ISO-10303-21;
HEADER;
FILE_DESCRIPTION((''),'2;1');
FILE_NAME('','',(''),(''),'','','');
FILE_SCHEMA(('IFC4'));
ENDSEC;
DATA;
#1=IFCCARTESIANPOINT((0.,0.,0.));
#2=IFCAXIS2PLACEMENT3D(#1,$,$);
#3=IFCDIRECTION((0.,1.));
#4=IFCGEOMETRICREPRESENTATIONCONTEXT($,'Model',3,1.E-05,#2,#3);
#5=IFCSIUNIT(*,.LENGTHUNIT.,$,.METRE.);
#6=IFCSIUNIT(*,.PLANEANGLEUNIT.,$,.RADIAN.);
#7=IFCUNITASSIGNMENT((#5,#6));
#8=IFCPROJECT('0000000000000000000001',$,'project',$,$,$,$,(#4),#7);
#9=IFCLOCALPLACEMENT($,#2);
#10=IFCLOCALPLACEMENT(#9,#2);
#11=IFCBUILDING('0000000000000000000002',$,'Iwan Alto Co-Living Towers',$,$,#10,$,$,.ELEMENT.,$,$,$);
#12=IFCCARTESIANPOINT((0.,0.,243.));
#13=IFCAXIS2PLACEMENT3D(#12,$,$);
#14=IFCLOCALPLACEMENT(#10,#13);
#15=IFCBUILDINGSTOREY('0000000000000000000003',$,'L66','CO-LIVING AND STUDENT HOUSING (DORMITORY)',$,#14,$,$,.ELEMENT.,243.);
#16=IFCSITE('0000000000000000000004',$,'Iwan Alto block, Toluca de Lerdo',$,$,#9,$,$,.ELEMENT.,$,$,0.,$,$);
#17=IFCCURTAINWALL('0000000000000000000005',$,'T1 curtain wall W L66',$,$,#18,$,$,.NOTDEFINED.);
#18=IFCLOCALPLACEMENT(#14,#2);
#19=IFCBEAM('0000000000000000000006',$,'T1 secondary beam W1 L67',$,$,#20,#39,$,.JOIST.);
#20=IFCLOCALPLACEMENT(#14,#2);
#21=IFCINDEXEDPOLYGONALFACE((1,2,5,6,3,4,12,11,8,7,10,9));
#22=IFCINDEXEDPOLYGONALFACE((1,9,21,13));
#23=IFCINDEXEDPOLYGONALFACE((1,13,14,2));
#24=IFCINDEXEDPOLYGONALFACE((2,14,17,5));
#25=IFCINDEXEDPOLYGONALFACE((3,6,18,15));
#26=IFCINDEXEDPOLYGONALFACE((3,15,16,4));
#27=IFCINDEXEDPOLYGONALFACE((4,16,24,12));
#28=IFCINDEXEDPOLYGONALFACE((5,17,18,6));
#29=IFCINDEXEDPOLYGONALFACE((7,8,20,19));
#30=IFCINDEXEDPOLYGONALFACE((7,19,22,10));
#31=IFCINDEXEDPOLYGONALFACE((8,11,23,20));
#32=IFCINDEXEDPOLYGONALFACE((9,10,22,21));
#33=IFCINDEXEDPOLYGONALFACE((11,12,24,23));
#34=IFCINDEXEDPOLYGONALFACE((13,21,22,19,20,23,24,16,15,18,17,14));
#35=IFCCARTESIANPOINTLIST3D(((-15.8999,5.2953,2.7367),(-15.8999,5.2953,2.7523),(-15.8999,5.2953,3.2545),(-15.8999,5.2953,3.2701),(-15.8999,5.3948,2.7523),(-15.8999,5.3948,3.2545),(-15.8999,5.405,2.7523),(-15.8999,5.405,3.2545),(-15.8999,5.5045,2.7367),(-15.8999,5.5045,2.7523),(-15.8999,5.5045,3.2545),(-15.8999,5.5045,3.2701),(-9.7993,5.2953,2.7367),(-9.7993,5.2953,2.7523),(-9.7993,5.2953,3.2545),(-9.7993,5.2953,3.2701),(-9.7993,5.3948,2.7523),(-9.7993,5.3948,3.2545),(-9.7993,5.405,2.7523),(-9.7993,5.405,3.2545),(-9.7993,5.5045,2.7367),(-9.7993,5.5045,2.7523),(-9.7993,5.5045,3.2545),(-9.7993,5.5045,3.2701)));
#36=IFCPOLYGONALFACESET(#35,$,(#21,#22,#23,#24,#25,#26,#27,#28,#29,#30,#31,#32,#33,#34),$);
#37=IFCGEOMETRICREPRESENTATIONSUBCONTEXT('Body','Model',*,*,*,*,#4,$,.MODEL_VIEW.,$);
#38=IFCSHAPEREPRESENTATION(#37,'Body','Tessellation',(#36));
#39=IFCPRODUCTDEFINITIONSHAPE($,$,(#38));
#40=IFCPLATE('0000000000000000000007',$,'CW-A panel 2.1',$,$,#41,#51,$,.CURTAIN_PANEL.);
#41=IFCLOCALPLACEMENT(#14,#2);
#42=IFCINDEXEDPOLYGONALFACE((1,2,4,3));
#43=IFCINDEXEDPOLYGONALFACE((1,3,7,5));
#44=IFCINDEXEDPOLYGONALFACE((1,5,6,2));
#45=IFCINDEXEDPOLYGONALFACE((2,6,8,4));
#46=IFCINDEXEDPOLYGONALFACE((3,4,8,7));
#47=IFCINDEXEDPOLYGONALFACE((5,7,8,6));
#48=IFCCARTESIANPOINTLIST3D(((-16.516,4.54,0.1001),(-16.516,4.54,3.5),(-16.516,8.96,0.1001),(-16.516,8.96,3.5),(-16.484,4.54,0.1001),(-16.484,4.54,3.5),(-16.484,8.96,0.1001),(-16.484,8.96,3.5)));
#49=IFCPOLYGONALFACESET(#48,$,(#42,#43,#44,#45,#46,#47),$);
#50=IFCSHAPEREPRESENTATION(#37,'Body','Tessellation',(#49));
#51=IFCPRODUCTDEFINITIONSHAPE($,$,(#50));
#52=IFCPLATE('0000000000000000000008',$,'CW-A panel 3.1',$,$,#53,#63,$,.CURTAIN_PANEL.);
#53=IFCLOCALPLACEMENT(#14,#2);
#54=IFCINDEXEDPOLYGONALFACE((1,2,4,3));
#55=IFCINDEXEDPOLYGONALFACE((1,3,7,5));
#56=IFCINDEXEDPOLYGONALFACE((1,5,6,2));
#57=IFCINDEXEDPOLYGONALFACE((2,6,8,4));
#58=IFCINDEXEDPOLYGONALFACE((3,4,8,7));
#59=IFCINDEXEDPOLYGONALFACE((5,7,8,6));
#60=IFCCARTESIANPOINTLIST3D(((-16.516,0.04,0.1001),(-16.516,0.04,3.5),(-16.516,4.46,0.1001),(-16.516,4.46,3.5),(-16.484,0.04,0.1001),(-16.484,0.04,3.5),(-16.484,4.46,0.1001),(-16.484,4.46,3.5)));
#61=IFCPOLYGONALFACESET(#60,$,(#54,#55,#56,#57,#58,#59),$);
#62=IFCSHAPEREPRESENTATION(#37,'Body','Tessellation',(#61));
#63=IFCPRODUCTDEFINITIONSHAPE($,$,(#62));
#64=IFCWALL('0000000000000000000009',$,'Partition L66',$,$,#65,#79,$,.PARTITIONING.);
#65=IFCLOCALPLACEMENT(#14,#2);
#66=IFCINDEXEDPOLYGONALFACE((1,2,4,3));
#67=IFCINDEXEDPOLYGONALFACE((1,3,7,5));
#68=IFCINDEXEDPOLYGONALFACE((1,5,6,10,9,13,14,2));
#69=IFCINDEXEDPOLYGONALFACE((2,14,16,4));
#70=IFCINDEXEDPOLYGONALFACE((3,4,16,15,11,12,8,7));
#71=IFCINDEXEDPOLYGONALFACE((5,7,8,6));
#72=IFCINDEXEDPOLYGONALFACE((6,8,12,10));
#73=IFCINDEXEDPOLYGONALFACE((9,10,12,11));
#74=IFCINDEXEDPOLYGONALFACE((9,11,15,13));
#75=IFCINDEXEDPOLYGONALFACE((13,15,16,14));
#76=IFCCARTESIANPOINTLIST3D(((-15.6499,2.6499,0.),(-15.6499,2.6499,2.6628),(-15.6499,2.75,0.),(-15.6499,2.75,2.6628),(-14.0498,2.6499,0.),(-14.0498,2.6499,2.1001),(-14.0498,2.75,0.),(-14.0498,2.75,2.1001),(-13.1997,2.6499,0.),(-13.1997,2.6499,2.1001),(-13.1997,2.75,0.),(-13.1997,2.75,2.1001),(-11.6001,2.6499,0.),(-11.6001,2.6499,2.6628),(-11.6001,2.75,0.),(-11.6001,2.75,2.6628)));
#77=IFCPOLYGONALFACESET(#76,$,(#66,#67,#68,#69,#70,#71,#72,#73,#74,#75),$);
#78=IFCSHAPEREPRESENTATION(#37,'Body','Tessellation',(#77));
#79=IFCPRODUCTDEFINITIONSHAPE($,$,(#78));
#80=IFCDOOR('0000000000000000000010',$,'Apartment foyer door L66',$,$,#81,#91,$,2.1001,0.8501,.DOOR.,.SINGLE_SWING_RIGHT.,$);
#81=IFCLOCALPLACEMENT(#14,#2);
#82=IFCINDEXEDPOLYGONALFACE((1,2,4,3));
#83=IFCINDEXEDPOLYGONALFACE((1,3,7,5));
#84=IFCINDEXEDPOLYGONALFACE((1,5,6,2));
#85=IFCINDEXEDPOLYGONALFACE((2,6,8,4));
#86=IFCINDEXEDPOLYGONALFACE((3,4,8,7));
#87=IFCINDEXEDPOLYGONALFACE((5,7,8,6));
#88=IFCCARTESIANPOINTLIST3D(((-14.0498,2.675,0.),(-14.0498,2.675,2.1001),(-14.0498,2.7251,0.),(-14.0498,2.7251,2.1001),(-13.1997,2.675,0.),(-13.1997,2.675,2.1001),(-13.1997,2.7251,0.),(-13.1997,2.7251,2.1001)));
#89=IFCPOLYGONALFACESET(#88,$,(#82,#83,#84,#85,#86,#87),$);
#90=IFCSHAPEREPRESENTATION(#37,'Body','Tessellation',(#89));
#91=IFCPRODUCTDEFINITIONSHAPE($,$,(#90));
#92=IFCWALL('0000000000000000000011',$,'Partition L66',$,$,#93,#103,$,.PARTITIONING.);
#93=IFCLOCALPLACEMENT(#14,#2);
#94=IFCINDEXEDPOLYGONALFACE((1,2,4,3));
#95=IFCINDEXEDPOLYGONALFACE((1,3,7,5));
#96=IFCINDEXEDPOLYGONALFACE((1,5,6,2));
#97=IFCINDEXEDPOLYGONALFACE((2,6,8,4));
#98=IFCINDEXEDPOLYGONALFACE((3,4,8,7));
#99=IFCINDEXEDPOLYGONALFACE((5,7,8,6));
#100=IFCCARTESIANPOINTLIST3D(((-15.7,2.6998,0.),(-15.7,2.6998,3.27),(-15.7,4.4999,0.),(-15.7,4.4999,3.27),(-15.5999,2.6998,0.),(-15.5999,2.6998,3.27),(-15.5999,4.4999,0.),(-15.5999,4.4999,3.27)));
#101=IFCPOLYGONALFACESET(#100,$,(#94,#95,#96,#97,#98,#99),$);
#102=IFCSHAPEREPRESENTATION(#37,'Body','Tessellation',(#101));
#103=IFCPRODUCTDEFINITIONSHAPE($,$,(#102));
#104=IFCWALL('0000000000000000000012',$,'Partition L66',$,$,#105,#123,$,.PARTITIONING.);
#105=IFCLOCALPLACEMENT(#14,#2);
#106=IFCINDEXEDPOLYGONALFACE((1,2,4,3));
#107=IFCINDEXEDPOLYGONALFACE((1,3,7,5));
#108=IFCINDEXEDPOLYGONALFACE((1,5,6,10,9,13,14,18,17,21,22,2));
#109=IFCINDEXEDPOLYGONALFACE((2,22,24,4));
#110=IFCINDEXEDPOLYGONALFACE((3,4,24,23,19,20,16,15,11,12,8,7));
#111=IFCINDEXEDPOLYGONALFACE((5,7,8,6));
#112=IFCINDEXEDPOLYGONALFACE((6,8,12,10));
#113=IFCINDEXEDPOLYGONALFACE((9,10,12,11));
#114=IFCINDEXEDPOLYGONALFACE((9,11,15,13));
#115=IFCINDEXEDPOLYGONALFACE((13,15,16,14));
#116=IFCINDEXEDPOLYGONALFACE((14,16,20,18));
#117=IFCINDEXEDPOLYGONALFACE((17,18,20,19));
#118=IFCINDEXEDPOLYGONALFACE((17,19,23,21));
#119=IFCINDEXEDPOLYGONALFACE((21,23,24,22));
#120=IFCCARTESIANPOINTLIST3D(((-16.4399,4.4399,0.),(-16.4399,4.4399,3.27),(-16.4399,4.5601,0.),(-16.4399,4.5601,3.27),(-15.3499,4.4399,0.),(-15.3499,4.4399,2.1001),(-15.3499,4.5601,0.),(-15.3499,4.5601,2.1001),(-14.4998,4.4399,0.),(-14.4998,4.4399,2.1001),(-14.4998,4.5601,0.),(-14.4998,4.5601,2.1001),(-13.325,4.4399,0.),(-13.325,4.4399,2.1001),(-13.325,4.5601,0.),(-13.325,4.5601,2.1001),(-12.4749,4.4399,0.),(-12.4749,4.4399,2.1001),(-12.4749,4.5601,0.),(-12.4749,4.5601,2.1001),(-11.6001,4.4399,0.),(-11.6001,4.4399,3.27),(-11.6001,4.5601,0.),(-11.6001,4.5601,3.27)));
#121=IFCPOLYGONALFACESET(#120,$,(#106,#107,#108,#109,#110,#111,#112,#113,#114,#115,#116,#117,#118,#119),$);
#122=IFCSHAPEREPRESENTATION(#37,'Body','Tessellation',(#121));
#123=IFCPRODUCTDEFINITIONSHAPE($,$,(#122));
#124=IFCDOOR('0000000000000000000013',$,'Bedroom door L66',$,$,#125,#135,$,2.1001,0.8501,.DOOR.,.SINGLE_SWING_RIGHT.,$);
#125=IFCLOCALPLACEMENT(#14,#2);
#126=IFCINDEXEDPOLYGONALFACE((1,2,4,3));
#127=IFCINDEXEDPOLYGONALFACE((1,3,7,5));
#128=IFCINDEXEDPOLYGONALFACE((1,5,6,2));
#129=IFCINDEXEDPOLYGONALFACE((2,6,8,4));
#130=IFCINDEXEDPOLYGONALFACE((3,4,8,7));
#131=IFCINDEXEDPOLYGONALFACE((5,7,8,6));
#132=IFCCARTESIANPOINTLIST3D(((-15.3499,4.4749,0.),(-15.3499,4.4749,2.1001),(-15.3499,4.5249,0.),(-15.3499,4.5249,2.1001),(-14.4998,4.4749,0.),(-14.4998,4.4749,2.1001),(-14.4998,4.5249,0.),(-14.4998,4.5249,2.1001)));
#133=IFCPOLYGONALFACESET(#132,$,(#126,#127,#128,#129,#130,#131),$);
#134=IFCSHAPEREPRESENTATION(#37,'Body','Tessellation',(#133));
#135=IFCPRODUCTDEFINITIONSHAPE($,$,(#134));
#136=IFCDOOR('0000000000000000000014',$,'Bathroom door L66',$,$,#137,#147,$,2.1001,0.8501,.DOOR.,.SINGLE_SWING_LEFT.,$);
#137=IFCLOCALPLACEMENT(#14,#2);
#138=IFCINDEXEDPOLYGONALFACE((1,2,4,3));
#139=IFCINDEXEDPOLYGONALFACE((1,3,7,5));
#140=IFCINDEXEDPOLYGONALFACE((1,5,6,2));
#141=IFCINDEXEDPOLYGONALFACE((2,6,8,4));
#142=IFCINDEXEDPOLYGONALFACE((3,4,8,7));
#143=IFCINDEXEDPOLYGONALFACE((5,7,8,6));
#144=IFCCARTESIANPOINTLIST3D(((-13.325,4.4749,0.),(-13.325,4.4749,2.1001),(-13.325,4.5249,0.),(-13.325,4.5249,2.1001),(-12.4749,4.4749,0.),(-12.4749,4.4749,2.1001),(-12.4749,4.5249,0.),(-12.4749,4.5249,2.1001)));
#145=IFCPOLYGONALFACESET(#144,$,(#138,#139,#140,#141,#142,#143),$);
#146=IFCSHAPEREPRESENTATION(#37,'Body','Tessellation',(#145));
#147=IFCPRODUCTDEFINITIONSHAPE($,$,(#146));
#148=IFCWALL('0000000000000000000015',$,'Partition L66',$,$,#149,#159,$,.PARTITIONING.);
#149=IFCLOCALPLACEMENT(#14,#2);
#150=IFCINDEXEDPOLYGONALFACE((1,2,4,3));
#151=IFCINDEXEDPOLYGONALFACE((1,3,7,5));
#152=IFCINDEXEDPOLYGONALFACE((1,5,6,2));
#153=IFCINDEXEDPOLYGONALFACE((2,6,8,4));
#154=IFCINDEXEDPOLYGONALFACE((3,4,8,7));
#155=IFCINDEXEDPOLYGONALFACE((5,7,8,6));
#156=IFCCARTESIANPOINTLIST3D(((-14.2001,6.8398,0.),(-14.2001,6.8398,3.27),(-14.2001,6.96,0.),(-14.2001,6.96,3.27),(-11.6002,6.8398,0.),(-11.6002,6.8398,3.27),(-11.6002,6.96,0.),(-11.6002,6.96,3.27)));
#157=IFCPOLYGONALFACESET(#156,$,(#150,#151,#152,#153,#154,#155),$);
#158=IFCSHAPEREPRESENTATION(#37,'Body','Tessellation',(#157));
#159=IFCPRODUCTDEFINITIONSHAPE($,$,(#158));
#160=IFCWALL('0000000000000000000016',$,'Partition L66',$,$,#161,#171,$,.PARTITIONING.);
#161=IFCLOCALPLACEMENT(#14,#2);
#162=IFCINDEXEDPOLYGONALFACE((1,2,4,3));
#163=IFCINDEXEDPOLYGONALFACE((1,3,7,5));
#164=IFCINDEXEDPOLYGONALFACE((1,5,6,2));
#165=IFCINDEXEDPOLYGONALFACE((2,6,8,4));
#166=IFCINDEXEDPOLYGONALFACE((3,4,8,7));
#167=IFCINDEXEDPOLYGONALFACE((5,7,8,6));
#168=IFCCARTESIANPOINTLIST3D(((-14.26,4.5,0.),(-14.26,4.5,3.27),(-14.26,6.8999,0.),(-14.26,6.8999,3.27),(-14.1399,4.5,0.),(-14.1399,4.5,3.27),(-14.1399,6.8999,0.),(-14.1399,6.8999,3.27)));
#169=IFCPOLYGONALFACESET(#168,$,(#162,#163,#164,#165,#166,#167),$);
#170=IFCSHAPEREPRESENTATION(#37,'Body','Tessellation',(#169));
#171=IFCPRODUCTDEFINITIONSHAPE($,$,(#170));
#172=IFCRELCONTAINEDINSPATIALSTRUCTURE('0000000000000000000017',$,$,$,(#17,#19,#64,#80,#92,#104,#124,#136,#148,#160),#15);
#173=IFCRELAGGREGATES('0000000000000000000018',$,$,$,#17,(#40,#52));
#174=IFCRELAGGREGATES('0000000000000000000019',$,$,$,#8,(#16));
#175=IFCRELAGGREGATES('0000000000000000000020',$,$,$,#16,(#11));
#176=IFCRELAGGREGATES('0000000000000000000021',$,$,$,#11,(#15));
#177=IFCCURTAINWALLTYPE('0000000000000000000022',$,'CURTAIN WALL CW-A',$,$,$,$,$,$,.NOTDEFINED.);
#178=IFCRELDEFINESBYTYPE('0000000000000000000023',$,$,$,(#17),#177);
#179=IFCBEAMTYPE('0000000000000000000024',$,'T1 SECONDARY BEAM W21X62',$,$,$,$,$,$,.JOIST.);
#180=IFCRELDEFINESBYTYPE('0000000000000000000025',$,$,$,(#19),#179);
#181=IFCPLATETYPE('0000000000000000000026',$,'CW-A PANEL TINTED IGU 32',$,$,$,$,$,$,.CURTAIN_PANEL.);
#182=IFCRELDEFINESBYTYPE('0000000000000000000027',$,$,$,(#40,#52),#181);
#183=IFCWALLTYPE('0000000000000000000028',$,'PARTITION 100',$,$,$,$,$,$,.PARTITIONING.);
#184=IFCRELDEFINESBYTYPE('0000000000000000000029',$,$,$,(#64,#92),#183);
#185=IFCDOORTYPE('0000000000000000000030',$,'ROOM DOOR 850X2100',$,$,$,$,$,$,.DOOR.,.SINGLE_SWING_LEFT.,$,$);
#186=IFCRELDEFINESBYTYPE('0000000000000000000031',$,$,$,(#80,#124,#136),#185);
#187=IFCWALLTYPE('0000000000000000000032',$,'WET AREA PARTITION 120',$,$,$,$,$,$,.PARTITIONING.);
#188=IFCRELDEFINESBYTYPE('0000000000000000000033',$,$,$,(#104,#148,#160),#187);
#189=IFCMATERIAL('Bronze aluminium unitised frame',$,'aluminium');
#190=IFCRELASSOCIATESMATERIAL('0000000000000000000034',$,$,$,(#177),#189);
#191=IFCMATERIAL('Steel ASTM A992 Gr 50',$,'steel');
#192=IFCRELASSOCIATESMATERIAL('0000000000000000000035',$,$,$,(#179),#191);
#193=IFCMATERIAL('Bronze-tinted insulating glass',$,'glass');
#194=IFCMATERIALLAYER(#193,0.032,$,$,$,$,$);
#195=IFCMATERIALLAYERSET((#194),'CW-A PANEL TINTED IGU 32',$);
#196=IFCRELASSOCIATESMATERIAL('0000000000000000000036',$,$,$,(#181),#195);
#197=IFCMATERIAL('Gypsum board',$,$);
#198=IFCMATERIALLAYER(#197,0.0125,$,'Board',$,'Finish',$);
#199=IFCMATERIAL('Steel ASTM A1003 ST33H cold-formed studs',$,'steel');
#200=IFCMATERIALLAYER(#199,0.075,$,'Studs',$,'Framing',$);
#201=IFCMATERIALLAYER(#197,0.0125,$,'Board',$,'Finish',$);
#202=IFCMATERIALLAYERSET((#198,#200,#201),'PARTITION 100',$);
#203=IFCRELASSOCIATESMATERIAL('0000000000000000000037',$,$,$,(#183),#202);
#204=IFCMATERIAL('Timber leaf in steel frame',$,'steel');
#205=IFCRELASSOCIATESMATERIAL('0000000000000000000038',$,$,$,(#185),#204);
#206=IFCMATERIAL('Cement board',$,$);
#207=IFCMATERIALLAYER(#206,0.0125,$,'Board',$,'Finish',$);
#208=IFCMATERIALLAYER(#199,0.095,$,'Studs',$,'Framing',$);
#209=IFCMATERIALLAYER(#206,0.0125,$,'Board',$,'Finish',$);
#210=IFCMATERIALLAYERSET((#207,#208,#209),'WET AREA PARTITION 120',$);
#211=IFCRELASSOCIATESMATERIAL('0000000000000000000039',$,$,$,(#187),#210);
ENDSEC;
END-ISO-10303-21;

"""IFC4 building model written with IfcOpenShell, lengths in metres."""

from ifc_helpers import new_model, si_unit, direction, frame, frame_2d, origin, origin_2d, place, context, subcontext, project, spatial, rectangle, i_section, extrude, material, layer, layer_set, material_profile, profile_set, type_object, element, fill, aggregate, save


model = new_model("IFC4")

# Units and contexts
model_context = context("Model", 3, precision=1e-05, world=origin(), true_north=direction((0.0, 1.0)))
body_context = subcontext(model_context, "Body", "Model", "MODEL_VIEW")
ifc_project = project(units=[si_unit("LENGTHUNIT", "METRE"), si_unit("PLANEANGLEUNIT", "RADIAN")], contexts=[model_context])

# Site, building, storey
site_placement = place(None, origin())
site = spatial("IfcSite", under=ifc_project, at=site_placement, Name="Iwan Alto block, Toluca de Lerdo", CompositionType="ELEMENT", RefElevation=0.0)
building_placement = place(site_placement, origin())
building = spatial("IfcBuilding", under=site, at=building_placement, Name="Iwan Alto Co-Living Towers", CompositionType="ELEMENT")
storey_placement = place(building_placement, frame((0.0, 0.0, 243.0)))
storey = spatial("IfcBuildingStorey", under=building, at=storey_placement, Name="L66", Description="CO-LIVING AND STUDENT HOUSING (DORMITORY)", CompositionType="ELEMENT", Elevation=243.0)

# Curtain wall
ifc_material_1 = material(Name="Bronze aluminium unitised frame", Category="aluminium")
curtain_wall_type = type_object("IfcCurtainWallType", Name="CURTAIN WALL CW-A", PredefinedType="NOTDEFINED", material=ifc_material_1)
curtain_wall_placement = place(storey_placement, origin())
curtain_wall = element("IfcCurtainWall", 1, at=curtain_wall_placement, inside=storey, type_object=curtain_wall_type, Name="T1 curtain wall W L66", PredefinedType="NOTDEFINED")

# Beam
ifc_material_2 = material(Name="Steel ASTM A992 Gr 50", Category="steel")
ifc_material_profile_1 = material_profile(ifc_material_2, i_section(OverallWidth=0.2092, OverallDepth=0.5334, WebThickness=0.0103, FlangeThickness=0.0156, at=origin_2d()), Name="W21X62")
ifc_profile_set_1 = profile_set([ifc_material_profile_1], Name="Steel ASTM A992 Gr 50")
beam_type_1 = type_object("IfcBeamType", Name="T1 SECONDARY BEAM W21X62", PredefinedType="JOIST", material=ifc_profile_set_1)
beam_1_placement = place(storey_placement, frame((-15.8999, 5.3999, 3.0034), z_axis=(1.0, 0.0, 0.0), x_axis=(0.0, 1.0, 0.0)))
element("IfcBeam", 2, at=beam_1_placement, inside=storey, type_object=beam_type_1, Name="T1 secondary beam W1 L67", PredefinedType="JOIST", context=body_context, shape_type="SweptSolid", body=[
    extrude(i_section(OverallWidth=0.2092, OverallDepth=0.5334, WebThickness=0.0103, FlangeThickness=0.0156, at=origin_2d()), origin(), (0.0, 0.0, 1.0), 6.1006),
])

# Plates
ifc_material_3 = material(Name="Bronze-tinted insulating glass", Category="glass")
ifc_layer_1 = layer(ifc_material_3, 0.032)
ifc_layer_set_1 = layer_set([ifc_layer_1], Name="CW-A PANEL TINTED IGU 32")
plate_type = type_object("IfcPlateType", Name="CW-A PANEL TINTED IGU 32", PredefinedType="CURTAIN_PANEL", material=ifc_layer_set_1)
plate_1_placement = place(storey_placement, frame((-16.5, 6.75, 0.1001), z_axis=(0.0, 0.0, 1.0), x_axis=(0.0, -1.0, 0.0)))
plate_1 = element("IfcPlate", 3, at=plate_1_placement, type_object=plate_type, Name="CW-A panel 2.1", PredefinedType="CURTAIN_PANEL", context=body_context, shape_type="SweptSolid", body=[
    extrude(rectangle(XDim=4.4199, YDim=0.032, at=origin_2d()), origin(), (0.0, 0.0, 1.0), 3.3999),
])
plate_2_placement = place(storey_placement, frame((-16.5, 2.25, 0.1001), z_axis=(0.0, 0.0, 1.0), x_axis=(0.0, -1.0, 0.0)))
plate_2 = element("IfcPlate", 4, at=plate_2_placement, type_object=plate_type, Name="CW-A panel 3.1", PredefinedType="CURTAIN_PANEL", context=body_context, shape_type="SweptSolid", body=[
    extrude(rectangle(XDim=4.4199, YDim=0.032, at=origin_2d()), origin(), (0.0, 0.0, 1.0), 3.3999),
])
aggregate(curtain_wall, [plate_1, plate_2])

# Wall, opening, door
ifc_material_4 = material(Name="Gypsum board")
ifc_layer_2 = layer(ifc_material_4, 0.0125, Name="Board", Category="Finish")
ifc_material_5 = material(Name="Steel ASTM A1003 ST33H cold-formed studs", Category="steel")
ifc_layer_3 = layer(ifc_material_5, 0.075, Name="Studs", Category="Framing")
ifc_layer_4 = layer(ifc_material_4, 0.0125, Name="Board", Category="Finish")
ifc_layer_set_2 = layer_set([ifc_layer_2, ifc_layer_3, ifc_layer_4], Name="PARTITION 100")
wall_type_1 = type_object("IfcWallType", Name="PARTITION 100", PredefinedType="PARTITIONING", material=ifc_layer_set_2)
wall_1_placement = place(storey_placement, frame((-15.6499, 2.7, 0.0), z_axis=(0.0, 0.0, 1.0), x_axis=(1.0, 0.0, 0.0)))
wall_1 = element("IfcWall", 5, at=wall_1_placement, inside=storey, type_object=wall_type_1, Name="Partition L66", PredefinedType="PARTITIONING", context=body_context, shape_type="SweptSolid", body=[
    extrude(rectangle(XDim=4.0498, YDim=0.1001, at=frame_2d((2.0249, 0.0))), origin(), (0.0, 0.0, 1.0), 2.6628),
])
opening_1_placement = place(wall_1_placement, frame((1.6001, 0.0, 0.0)))
opening_1 = element("IfcOpeningElement", 6, at=opening_1_placement, cuts=wall_1, PredefinedType="OPENING", context=body_context, shape_type="SweptSolid", body=[
    extrude(rectangle(XDim=0.8501, YDim=2.1001, at=frame_2d((0.425, 1.05))), frame((0.0, 0.0601, 0.0), z_axis=(0.0, -1.0, 0.0), x_axis=(1.0, 0.0, 0.0)), (0.0, 0.0, 1.0), 0.1201),
])
ifc_material_6 = material(Name="Timber leaf in steel frame", Category="steel")
door_type = type_object("IfcDoorType", Name="ROOM DOOR 850X2100", OperationType="SINGLE_SWING_LEFT", PredefinedType="DOOR", material=ifc_material_6)
door_1_placement = place(opening_1_placement, frame((0.8501, 0.0, 0.0), z_axis=(0.0, 0.0, 1.0), x_axis=(-1.0, 0.0, 0.0)))
door_1 = element("IfcDoor", 7, at=door_1_placement, inside=storey, type_object=door_type, Name="Apartment foyer door L66", OperationType="SINGLE_SWING_RIGHT", OverallHeight=2.1001, OverallWidth=0.8501, PredefinedType="DOOR", context=body_context, shape_type="SweptSolid", body=[
    extrude(rectangle(XDim=0.8501, YDim=2.1001, at=frame_2d((0.425, 1.05))), frame((0.0, 0.0249, 0.0), z_axis=(0.0, -1.0, 0.0), x_axis=(1.0, 0.0, 0.0)), (0.0, 0.0, 1.0), 0.05),
])
fill(opening_1, door_1)

# Wall
wall_2_placement = place(storey_placement, frame((-15.6499, 2.7, 0.0), z_axis=(0.0, 0.0, 1.0), x_axis=(0.0, 1.0, 0.0)))
element("IfcWall", 8, at=wall_2_placement, inside=storey, type_object=wall_type_1, Name="Partition L66", PredefinedType="PARTITIONING", context=body_context, shape_type="SweptSolid", body=[
    extrude(rectangle(XDim=1.8, YDim=0.1001, at=frame_2d((0.8999, 0.0))), origin(), (0.0, 0.0, 1.0), 3.27),
])

# Wall, openings, doors
ifc_material_7 = material(Name="Cement board")
ifc_layer_5 = layer(ifc_material_7, 0.0125, Name="Board", Category="Finish")
ifc_layer_6 = layer(ifc_material_5, 0.095, Name="Studs", Category="Framing")
ifc_layer_7 = layer(ifc_material_7, 0.0125, Name="Board", Category="Finish")
ifc_layer_set_3 = layer_set([ifc_layer_5, ifc_layer_6, ifc_layer_7], Name="WET AREA PARTITION 120")
wall_type_2 = type_object("IfcWallType", Name="WET AREA PARTITION 120", PredefinedType="PARTITIONING", material=ifc_layer_set_3)
wall_3_placement = place(storey_placement, frame((-16.4399, 4.5, 0.0), z_axis=(0.0, 0.0, 1.0), x_axis=(1.0, 0.0, 0.0)))
wall_3 = element("IfcWall", 9, at=wall_3_placement, inside=storey, type_object=wall_type_2, Name="Partition L66", PredefinedType="PARTITIONING", context=body_context, shape_type="SweptSolid", body=[
    extrude(rectangle(XDim=4.8398, YDim=0.1201, at=frame_2d((2.4199, 0.0))), origin(), (0.0, 0.0, 1.0), 3.27),
])
opening_2_placement = place(wall_3_placement, frame((1.0901, 0.0, 0.0)))
opening_2 = element("IfcOpeningElement", 10, at=opening_2_placement, cuts=wall_3, PredefinedType="OPENING", context=body_context, shape_type="SweptSolid", body=[
    extrude(rectangle(XDim=0.8501, YDim=2.1001, at=frame_2d((0.425, 1.05))), frame((0.0, 0.0701, 0.0), z_axis=(0.0, -1.0, 0.0), x_axis=(1.0, 0.0, 0.0)), (0.0, 0.0, 1.0), 0.1401),
])
opening_3_placement = place(wall_3_placement, frame((3.115, 0.0, 0.0)))
opening_3 = element("IfcOpeningElement", 11, at=opening_3_placement, cuts=wall_3, PredefinedType="OPENING", context=body_context, shape_type="SweptSolid", body=[
    extrude(rectangle(XDim=0.8501, YDim=2.1001, at=frame_2d((0.425, 1.05))), frame((0.0, 0.0701, 0.0), z_axis=(0.0, -1.0, 0.0), x_axis=(1.0, 0.0, 0.0)), (0.0, 0.0, 1.0), 0.1401),
])
door_2_placement = place(opening_2_placement, origin())
door_2 = element("IfcDoor", 12, at=door_2_placement, inside=storey, type_object=door_type, Name="Bedroom door L66", OperationType="SINGLE_SWING_RIGHT", OverallHeight=2.1001, OverallWidth=0.8501, PredefinedType="DOOR", context=body_context, shape_type="SweptSolid", body=[
    extrude(rectangle(XDim=0.8501, YDim=2.1001, at=frame_2d((0.425, 1.05))), frame((0.0, 0.0249, 0.0), z_axis=(0.0, -1.0, 0.0), x_axis=(1.0, 0.0, 0.0)), (0.0, 0.0, 1.0), 0.05),
])
fill(opening_2, door_2)
door_3_placement = place(opening_3_placement, origin())
door_3 = element("IfcDoor", 13, at=door_3_placement, inside=storey, type_object=door_type, Name="Bathroom door L66", OperationType="SINGLE_SWING_LEFT", OverallHeight=2.1001, OverallWidth=0.8501, PredefinedType="DOOR", context=body_context, shape_type="SweptSolid", body=[
    extrude(rectangle(XDim=0.8501, YDim=2.1001, at=frame_2d((0.425, 1.05))), frame((0.0, 0.0249, 0.0), z_axis=(0.0, -1.0, 0.0), x_axis=(1.0, 0.0, 0.0)), (0.0, 0.0, 1.0), 0.05),
])
fill(opening_3, door_3)

# Walls
wall_4_placement = place(storey_placement, frame((-14.2, 6.8999, 0.0), z_axis=(0.0, 0.0, 1.0), x_axis=(1.0, 0.0, 0.0)))
element("IfcWall", 14, at=wall_4_placement, inside=storey, type_object=wall_type_2, Name="Partition L66", PredefinedType="PARTITIONING", context=body_context, shape_type="SweptSolid", body=[
    extrude(rectangle(XDim=2.5999, YDim=0.1201, at=frame_2d((1.2998, 0.0))), origin(), (0.0, 0.0, 1.0), 3.27),
])
wall_5_placement = place(storey_placement, frame((-14.2, 4.5, 0.0), z_axis=(0.0, 0.0, 1.0), x_axis=(0.0, 1.0, 0.0)))
element("IfcWall", 15, at=wall_5_placement, inside=storey, type_object=wall_type_2, Name="Partition L66", PredefinedType="PARTITIONING", context=body_context, shape_type="SweptSolid", body=[
    extrude(rectangle(XDim=2.3999, YDim=0.1201, at=frame_2d((1.2, 0.0))), origin(), (0.0, 0.0, 1.0), 3.27),
])

save(model, "model.ifc")
